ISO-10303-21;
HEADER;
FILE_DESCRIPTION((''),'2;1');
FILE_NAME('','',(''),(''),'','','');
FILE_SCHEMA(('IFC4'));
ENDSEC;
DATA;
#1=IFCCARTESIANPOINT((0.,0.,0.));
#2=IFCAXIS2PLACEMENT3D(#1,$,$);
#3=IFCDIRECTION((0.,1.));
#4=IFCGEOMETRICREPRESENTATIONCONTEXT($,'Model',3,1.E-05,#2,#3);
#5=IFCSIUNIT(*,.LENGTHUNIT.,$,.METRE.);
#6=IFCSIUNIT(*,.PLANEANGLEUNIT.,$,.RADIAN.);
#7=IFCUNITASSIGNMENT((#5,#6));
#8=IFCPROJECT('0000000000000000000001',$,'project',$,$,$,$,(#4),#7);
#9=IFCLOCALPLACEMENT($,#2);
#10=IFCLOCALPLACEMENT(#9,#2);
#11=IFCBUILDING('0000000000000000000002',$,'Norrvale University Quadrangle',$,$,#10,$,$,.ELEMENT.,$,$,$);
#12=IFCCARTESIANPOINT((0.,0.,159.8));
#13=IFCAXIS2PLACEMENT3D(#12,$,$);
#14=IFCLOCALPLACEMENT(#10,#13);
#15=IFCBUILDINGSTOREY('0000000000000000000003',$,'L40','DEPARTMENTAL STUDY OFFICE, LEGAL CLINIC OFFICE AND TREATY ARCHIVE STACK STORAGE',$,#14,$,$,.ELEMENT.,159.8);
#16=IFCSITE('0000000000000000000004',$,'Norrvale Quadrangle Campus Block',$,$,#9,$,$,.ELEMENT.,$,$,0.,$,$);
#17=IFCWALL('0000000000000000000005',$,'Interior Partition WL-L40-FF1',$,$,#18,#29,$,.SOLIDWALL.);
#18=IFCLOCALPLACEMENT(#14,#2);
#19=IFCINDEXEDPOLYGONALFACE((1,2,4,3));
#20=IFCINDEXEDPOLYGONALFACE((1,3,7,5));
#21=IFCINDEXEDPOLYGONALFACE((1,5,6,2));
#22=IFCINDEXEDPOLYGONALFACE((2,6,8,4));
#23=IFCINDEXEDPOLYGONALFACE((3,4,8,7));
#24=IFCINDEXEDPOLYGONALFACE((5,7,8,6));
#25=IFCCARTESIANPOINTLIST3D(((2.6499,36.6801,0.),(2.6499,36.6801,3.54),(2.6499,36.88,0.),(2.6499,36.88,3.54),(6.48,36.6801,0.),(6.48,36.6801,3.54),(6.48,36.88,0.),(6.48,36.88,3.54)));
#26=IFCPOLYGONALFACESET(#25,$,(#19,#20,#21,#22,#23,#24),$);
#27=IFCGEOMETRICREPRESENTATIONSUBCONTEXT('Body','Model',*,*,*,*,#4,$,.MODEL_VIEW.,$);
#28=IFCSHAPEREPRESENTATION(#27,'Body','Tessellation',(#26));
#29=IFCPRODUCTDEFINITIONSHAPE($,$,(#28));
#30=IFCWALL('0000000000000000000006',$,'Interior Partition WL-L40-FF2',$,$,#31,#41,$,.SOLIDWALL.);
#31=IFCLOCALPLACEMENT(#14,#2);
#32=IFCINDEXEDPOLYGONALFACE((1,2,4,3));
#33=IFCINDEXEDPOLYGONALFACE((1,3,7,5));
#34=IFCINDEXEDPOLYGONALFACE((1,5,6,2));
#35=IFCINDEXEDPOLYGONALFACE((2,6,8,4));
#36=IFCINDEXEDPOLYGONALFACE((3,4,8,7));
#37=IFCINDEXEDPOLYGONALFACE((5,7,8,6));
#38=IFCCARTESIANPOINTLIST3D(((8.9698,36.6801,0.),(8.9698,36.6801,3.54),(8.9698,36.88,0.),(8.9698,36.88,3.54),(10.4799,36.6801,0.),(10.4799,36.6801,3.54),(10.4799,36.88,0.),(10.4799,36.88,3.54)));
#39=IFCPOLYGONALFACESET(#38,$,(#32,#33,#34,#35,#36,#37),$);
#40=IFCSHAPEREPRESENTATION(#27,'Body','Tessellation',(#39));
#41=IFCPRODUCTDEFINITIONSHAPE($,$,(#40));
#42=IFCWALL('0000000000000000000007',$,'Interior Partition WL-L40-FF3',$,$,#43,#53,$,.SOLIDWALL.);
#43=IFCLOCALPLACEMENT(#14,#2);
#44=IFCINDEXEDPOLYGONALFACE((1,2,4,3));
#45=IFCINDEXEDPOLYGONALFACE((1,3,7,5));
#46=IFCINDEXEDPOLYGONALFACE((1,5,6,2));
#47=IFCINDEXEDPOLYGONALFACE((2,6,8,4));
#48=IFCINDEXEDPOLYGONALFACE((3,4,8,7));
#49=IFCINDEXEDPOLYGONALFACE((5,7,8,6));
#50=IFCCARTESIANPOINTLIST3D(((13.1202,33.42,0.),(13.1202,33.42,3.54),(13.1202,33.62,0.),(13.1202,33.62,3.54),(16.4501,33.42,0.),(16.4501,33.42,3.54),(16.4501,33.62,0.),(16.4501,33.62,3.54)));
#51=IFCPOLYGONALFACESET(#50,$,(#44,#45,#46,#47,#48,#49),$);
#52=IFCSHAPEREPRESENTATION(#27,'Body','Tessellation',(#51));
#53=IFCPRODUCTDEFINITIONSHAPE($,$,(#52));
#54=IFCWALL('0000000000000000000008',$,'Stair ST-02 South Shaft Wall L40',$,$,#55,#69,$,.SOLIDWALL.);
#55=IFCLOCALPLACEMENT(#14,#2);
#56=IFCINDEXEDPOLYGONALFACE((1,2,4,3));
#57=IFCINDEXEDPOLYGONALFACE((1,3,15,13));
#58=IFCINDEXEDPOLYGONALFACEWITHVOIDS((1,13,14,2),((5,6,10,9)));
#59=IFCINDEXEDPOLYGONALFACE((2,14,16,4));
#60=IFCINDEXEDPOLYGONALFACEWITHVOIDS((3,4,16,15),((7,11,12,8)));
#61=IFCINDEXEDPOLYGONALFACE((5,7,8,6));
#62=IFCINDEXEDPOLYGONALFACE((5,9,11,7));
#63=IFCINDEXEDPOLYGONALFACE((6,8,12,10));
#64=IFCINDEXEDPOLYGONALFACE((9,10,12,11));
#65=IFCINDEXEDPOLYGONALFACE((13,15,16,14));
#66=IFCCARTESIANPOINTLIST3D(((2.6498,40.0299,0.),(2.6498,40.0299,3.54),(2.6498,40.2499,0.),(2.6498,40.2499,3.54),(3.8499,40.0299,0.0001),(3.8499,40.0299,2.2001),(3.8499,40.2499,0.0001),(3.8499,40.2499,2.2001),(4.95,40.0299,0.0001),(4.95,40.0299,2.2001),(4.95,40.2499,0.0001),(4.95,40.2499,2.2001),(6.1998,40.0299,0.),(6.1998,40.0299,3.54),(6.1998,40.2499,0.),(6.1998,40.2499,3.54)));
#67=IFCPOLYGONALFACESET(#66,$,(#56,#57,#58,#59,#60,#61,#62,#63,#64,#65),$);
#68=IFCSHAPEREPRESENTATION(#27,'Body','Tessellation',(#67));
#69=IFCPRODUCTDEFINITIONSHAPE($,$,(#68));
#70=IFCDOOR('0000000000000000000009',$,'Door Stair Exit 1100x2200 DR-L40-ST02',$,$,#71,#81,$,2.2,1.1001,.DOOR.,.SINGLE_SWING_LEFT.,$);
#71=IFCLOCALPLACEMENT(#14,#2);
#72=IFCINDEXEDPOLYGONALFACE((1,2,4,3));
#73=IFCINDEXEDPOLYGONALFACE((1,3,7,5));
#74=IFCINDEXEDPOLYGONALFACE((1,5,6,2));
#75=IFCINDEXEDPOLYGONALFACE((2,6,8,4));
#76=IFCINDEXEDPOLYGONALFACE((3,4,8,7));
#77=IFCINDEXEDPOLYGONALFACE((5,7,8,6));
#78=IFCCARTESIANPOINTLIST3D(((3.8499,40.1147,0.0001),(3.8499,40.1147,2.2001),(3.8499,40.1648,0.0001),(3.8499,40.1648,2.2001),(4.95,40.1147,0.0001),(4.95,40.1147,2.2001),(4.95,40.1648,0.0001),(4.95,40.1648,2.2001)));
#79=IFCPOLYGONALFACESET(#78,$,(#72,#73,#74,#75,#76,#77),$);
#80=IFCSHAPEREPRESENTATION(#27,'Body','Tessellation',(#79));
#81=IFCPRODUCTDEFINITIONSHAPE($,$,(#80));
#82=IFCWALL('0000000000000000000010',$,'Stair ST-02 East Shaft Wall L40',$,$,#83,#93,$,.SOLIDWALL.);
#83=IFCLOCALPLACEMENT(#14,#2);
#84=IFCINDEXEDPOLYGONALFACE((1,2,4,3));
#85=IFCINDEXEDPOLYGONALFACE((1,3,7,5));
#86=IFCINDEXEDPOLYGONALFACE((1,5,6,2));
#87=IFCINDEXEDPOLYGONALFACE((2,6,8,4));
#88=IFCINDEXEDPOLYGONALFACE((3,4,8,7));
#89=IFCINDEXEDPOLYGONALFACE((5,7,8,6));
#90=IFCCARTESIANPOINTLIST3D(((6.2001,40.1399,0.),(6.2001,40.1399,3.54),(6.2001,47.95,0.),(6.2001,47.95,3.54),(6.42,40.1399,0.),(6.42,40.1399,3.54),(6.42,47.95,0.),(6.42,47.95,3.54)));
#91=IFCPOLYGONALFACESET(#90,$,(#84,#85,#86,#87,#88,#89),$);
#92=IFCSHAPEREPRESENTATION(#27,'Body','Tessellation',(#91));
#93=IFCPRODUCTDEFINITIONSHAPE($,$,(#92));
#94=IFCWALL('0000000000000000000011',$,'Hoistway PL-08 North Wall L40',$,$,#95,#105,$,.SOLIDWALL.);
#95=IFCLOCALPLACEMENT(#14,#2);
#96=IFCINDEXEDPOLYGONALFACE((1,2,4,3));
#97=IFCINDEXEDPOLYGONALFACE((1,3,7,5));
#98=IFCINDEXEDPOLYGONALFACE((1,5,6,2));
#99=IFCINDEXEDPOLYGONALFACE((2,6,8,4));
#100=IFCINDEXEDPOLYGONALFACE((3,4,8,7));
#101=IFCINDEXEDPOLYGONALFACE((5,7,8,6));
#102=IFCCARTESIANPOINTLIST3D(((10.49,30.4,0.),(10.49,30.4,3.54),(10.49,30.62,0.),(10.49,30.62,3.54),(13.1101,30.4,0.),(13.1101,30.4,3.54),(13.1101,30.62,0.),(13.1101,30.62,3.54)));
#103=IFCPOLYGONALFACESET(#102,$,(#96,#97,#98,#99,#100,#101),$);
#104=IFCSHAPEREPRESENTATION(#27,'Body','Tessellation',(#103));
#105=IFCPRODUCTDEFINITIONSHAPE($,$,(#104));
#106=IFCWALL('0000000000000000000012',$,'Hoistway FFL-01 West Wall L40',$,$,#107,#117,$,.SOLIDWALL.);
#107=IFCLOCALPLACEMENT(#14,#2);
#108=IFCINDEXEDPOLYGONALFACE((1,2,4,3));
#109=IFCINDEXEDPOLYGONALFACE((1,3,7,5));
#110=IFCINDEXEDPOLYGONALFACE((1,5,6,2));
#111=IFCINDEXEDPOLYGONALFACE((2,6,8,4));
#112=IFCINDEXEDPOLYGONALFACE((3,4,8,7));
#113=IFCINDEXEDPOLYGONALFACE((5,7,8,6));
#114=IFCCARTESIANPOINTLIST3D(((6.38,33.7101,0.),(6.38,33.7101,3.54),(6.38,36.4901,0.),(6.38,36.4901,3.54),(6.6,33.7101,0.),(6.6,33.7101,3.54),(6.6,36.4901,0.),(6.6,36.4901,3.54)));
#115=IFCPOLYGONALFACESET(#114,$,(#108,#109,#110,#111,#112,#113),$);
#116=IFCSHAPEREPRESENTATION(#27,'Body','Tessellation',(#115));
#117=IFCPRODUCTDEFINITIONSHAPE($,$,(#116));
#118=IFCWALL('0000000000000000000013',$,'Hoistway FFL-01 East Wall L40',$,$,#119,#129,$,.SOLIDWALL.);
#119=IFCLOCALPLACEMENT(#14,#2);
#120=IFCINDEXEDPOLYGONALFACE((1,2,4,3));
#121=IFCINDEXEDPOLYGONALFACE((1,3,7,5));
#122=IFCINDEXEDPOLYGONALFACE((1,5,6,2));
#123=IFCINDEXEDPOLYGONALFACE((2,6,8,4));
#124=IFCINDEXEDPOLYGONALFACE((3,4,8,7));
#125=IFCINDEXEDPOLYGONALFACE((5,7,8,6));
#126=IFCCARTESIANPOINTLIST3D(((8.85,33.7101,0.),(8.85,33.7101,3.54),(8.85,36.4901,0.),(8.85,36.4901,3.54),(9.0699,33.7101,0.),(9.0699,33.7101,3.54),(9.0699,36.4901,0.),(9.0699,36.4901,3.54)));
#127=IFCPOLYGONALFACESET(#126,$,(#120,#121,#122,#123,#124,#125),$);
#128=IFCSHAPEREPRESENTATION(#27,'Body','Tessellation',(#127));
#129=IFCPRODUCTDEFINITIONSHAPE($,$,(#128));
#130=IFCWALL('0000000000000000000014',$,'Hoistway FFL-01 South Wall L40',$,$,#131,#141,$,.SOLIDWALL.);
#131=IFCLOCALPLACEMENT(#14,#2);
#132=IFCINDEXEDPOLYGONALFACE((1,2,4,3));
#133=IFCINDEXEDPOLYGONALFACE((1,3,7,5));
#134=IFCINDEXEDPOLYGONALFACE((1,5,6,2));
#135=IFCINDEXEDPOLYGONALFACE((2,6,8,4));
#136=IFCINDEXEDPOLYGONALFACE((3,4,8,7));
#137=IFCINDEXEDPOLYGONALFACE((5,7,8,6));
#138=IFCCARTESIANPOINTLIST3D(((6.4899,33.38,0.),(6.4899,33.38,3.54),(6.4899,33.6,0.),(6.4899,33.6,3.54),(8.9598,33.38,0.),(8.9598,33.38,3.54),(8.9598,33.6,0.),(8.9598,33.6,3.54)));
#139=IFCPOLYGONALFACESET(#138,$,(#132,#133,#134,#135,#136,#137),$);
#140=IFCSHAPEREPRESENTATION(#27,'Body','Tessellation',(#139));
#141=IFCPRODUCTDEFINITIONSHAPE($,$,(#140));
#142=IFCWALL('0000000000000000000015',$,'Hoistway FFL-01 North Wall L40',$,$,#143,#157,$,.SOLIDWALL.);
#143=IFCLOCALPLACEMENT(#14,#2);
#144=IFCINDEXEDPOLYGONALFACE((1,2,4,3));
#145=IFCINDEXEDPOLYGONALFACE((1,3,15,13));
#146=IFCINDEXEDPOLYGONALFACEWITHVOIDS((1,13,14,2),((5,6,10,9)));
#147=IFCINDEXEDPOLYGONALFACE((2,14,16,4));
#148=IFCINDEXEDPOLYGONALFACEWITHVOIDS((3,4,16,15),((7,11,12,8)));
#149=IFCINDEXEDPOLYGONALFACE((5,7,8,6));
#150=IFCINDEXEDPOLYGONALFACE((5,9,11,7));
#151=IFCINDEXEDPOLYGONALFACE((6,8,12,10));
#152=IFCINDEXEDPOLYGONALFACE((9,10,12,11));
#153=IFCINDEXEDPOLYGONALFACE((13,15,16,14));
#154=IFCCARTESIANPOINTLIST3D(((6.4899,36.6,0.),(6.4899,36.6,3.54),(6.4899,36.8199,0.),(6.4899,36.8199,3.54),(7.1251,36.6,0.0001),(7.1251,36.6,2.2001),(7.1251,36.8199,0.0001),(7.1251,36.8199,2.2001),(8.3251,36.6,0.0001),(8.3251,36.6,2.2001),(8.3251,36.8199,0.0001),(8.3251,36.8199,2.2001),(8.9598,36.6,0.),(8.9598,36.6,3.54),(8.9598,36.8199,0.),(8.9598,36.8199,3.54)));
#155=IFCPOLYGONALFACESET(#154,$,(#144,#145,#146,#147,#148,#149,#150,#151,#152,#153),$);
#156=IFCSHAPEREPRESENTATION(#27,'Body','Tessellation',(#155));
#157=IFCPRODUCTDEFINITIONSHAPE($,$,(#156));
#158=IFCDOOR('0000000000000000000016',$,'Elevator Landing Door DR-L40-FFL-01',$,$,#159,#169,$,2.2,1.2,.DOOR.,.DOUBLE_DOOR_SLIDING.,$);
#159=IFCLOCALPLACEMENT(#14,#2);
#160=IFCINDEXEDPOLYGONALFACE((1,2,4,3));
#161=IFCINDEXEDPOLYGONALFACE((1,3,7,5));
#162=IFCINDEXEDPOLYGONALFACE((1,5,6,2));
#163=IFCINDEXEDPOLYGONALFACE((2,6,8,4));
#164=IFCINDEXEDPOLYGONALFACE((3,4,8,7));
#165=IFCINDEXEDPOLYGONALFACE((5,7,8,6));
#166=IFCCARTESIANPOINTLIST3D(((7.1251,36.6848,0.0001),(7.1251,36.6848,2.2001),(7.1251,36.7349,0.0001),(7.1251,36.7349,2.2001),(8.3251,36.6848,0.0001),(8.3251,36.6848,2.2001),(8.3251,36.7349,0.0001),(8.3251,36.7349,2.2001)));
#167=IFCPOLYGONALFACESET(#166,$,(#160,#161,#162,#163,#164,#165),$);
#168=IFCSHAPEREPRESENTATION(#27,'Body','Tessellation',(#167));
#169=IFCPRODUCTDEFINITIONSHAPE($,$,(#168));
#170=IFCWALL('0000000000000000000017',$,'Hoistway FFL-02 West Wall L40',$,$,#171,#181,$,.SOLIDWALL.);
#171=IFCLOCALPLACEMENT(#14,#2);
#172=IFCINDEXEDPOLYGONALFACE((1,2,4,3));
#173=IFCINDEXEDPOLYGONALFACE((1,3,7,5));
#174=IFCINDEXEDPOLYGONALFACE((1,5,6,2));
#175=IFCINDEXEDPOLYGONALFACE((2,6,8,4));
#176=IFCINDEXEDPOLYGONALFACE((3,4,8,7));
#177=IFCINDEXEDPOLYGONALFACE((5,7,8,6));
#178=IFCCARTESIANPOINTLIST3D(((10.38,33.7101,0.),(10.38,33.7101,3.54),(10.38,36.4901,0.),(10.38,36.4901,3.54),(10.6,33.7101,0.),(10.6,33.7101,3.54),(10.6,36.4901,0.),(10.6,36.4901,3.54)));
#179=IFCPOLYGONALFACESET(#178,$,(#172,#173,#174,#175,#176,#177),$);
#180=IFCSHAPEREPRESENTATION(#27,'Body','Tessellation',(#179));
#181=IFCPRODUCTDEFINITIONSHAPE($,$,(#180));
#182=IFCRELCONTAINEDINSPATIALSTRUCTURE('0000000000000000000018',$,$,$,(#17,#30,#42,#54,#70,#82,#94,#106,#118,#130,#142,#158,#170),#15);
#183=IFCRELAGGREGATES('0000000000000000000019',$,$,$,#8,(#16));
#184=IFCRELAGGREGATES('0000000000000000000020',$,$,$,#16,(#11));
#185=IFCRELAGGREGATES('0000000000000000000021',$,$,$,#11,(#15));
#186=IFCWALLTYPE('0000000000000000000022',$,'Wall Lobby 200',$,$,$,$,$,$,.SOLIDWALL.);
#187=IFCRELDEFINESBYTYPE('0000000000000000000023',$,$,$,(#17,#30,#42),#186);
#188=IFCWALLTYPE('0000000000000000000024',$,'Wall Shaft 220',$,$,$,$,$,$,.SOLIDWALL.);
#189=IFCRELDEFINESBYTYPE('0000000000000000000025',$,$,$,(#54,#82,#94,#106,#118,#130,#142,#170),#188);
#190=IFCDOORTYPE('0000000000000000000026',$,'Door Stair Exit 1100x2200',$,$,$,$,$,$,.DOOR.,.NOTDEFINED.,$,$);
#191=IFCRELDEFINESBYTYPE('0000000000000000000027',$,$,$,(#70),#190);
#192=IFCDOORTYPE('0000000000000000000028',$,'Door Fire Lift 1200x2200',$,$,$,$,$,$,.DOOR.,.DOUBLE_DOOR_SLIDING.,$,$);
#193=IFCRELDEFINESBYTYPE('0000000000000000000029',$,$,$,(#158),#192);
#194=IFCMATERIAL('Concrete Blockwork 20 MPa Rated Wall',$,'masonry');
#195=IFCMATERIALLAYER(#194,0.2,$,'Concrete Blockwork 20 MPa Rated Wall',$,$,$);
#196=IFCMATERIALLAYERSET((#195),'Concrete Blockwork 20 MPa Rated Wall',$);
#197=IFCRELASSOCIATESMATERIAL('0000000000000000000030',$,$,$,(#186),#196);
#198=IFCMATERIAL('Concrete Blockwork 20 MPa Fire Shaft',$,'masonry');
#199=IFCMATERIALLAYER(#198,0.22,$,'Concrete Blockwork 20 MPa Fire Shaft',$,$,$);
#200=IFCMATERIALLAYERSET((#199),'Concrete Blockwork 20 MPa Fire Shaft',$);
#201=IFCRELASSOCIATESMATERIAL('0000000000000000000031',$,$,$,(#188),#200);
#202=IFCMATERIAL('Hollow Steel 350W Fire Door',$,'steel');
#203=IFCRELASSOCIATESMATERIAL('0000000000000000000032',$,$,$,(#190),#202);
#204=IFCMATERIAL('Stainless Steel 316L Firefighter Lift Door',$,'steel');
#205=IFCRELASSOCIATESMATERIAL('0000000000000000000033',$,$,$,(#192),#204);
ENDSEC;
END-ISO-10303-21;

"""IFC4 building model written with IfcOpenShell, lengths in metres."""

from ifc_helpers import new_model, si_unit, direction, frame, frame_2d, origin, place, context, subcontext, project, spatial, rectangle, extrude, material, layer, layer_set, type_object, element, fill, save


model = new_model("IFC4")

# Units and contexts
model_context = context("Model", 3, precision=1e-05, world=origin(), true_north=direction((0.0, 1.0)))
body_context = subcontext(model_context, "Body", "Model", "MODEL_VIEW")
ifc_project = project(units=[si_unit("LENGTHUNIT", "METRE"), si_unit("PLANEANGLEUNIT", "RADIAN")], contexts=[model_context])

# Site, building, storey
site_placement = place(None, origin())
site = spatial("IfcSite", under=ifc_project, at=site_placement, Name="Norrvale Quadrangle Campus Block", CompositionType="ELEMENT", RefElevation=0.0)
building_placement = place(site_placement, origin())
building = spatial("IfcBuilding", under=site, at=building_placement, Name="Norrvale University Quadrangle", CompositionType="ELEMENT")
storey_placement = place(building_placement, frame((0.0, 0.0, 159.8)))
storey = spatial("IfcBuildingStorey", under=building, at=storey_placement, Name="L40", Description="DEPARTMENTAL STUDY OFFICE, LEGAL CLINIC OFFICE AND TREATY ARCHIVE STACK STORAGE", CompositionType="ELEMENT", Elevation=159.8)

# Walls
ifc_material_1 = material(Name="Concrete Blockwork 20 MPa Rated Wall", Category="masonry")
ifc_layer_1 = layer(ifc_material_1, 0.2, Name="Concrete Blockwork 20 MPa Rated Wall")
ifc_layer_set_1 = layer_set([ifc_layer_1], Name="Concrete Blockwork 20 MPa Rated Wall")
wall_type_1 = type_object("IfcWallType", Name="Wall Lobby 200", PredefinedType="SOLIDWALL", material=ifc_layer_set_1)
wall_1_placement = place(storey_placement, frame((2.6499, 36.78, 0.0), z_axis=(0.0, 0.0, 1.0), x_axis=(1.0, 0.0, 0.0)))
element("IfcWall", 1, at=wall_1_placement, inside=storey, type_object=wall_type_1, Name="Interior Partition WL-L40-FF1", PredefinedType="SOLIDWALL", context=body_context, shape_type="SweptSolid", body=[
    extrude(rectangle(XDim=3.8301, YDim=0.2, at=frame_2d((1.915, 0.0))), origin(), (0.0, 0.0, 1.0), 3.54),
])
wall_2_placement = place(storey_placement, frame((8.97, 36.78, 0.0), z_axis=(0.0, 0.0, 1.0), x_axis=(1.0, 0.0, 0.0)))
element("IfcWall", 2, at=wall_2_placement, inside=storey, type_object=wall_type_1, Name="Interior Partition WL-L40-FF2", PredefinedType="SOLIDWALL", context=body_context, shape_type="SweptSolid", body=[
    extrude(rectangle(XDim=1.51, YDim=0.2, at=frame_2d((0.7549, 0.0))), origin(), (0.0, 0.0, 1.0), 3.54),
])
wall_3_placement = place(storey_placement, frame((13.1201, 33.52, 0.0), z_axis=(0.0, 0.0, 1.0), x_axis=(1.0, 0.0, 0.0)))
element("IfcWall", 3, at=wall_3_placement, inside=storey, type_object=wall_type_1, Name="Interior Partition WL-L40-FF3", PredefinedType="SOLIDWALL", context=body_context, shape_type="SweptSolid", body=[
    extrude(rectangle(XDim=3.3298, YDim=0.2, at=frame_2d((1.665, 0.0))), origin(), (0.0, 0.0, 1.0), 3.54),
])

# Wall, opening, door
ifc_material_2 = material(Name="Concrete Blockwork 20 MPa Fire Shaft", Category="masonry")
ifc_layer_2 = layer(ifc_material_2, 0.22, Name="Concrete Blockwork 20 MPa Fire Shaft")
ifc_layer_set_2 = layer_set([ifc_layer_2], Name="Concrete Blockwork 20 MPa Fire Shaft")
wall_type_2 = type_object("IfcWallType", Name="Wall Shaft 220", PredefinedType="SOLIDWALL", material=ifc_layer_set_2)
wall_4_placement = place(storey_placement, frame((2.6499, 40.1399, 0.0), z_axis=(0.0, 0.0, 1.0), x_axis=(1.0, 0.0, 0.0)))
wall_4 = element("IfcWall", 4, at=wall_4_placement, inside=storey, type_object=wall_type_2, Name="Stair ST-02 South Shaft Wall L40", PredefinedType="SOLIDWALL", context=body_context, shape_type="SweptSolid", body=[
    extrude(rectangle(XDim=3.55, YDim=0.22, at=frame_2d((1.7749, 0.0))), origin(), (0.0, 0.0, 1.0), 3.54),
])
opening_1_placement = place(wall_4_placement, frame((1.2, 0.0, 0.0)))
opening_1 = element("IfcOpeningElement", 5, at=opening_1_placement, cuts=wall_4, PredefinedType="OPENING", context=body_context, shape_type="SweptSolid", body=[
    extrude(rectangle(XDim=1.1001, YDim=2.2, at=frame_2d((0.55, 1.1001))), frame((0.0, 0.1221, 0.0), z_axis=(0.0, -1.0, 0.0), x_axis=(1.0, 0.0, 0.0)), (0.0, 0.0, 1.0), 0.2439),
])
ifc_material_3 = material(Name="Hollow Steel 350W Fire Door", Category="steel")
door_type_1 = type_object("IfcDoorType", Name="Door Stair Exit 1100x2200", OperationType="NOTDEFINED", PredefinedType="DOOR", material=ifc_material_3)
door_1_placement = place(opening_1_placement, origin())
door_1 = element("IfcDoor", 6, at=door_1_placement, inside=storey, type_object=door_type_1, Name="Door Stair Exit 1100x2200 DR-L40-ST02", OperationType="SINGLE_SWING_LEFT", OverallHeight=2.2, OverallWidth=1.1001, PredefinedType="DOOR", context=body_context, shape_type="SweptSolid", body=[
    extrude(rectangle(XDim=1.1001, YDim=2.2, at=frame_2d((0.55, 1.1001))), frame((0.0, 0.0249, 0.0), z_axis=(0.0, -1.0, 0.0), x_axis=(1.0, 0.0, 0.0)), (0.0, 0.0, 1.0), 0.05),
])
fill(opening_1, door_1)

# Walls
wall_5_placement = place(storey_placement, frame((6.3101, 40.1399, 0.0), z_axis=(0.0, 0.0, 1.0), x_axis=(0.0, 1.0, 0.0)))
element("IfcWall", 7, at=wall_5_placement, inside=storey, type_object=wall_type_2, Name="Stair ST-02 East Shaft Wall L40", PredefinedType="SOLIDWALL", context=body_context, shape_type="SweptSolid", body=[
    extrude(rectangle(XDim=7.8101, YDim=0.22, at=frame_2d((3.905, 0.0))), origin(), (0.0, 0.0, 1.0), 3.54),
])
wall_6_placement = place(storey_placement, frame((10.49, 30.51, 0.0), z_axis=(0.0, 0.0, 1.0), x_axis=(1.0, 0.0, 0.0)))
element("IfcWall", 8, at=wall_6_placement, inside=storey, type_object=wall_type_2, Name="Hoistway PL-08 North Wall L40", PredefinedType="SOLIDWALL", context=body_context, shape_type="SweptSolid", body=[
    extrude(rectangle(XDim=2.6201, YDim=0.22, at=frame_2d((1.3101, 0.0))), origin(), (0.0, 0.0, 1.0), 3.54),
])
for number, where, z_axis, x_axis, name in (
    (9, (6.49, 33.71, 0.0), (0.0, 0.0, 1.0), (0.0, 1.0, 0.0), "Hoistway FFL-01 West Wall L40"),
    (10, (8.96, 33.71, 0.0), (0.0, 0.0, 1.0), (0.0, 1.0, 0.0), "Hoistway FFL-01 East Wall L40"),
):
    element("IfcWall", number, at=place(storey_placement, frame(where, z_axis=z_axis, x_axis=x_axis)), inside=storey, type_object=wall_type_2, Name=name, PredefinedType="SOLIDWALL", context=body_context, shape_type="SweptSolid", body=[
        extrude(rectangle(XDim=2.78, YDim=0.22, at=frame_2d((1.3901, 0.0))), origin(), (0.0, 0.0, 1.0), 3.54),
    ])
wall_7_placement = place(storey_placement, frame((6.49, 33.49, 0.0), z_axis=(0.0, 0.0, 1.0), x_axis=(1.0, 0.0, 0.0)))
element("IfcWall", 11, at=wall_7_placement, inside=storey, type_object=wall_type_2, Name="Hoistway FFL-01 South Wall L40", PredefinedType="SOLIDWALL", context=body_context, shape_type="SweptSolid", body=[
    extrude(rectangle(XDim=2.47, YDim=0.22, at=frame_2d((1.2349, 0.0))), origin(), (0.0, 0.0, 1.0), 3.54),
])

# Wall, opening, door
wall_8_placement = place(storey_placement, frame((6.49, 36.71, 0.0), z_axis=(0.0, 0.0, 1.0), x_axis=(1.0, 0.0, 0.0)))
wall_8 = element("IfcWall", 12, at=wall_8_placement, inside=storey, type_object=wall_type_2, Name="Hoistway FFL-01 North Wall L40", PredefinedType="SOLIDWALL", context=body_context, shape_type="SweptSolid", body=[
    extrude(rectangle(XDim=2.47, YDim=0.22, at=frame_2d((1.2349, 0.0))), origin(), (0.0, 0.0, 1.0), 3.54),
])
opening_2_placement = place(wall_8_placement, frame((0.635, 0.0, 0.0)))
opening_2 = element("IfcOpeningElement", 13, at=opening_2_placement, cuts=wall_8, PredefinedType="OPENING", context=body_context, shape_type="SweptSolid", body=[
    extrude(rectangle(XDim=1.2, YDim=2.2, at=frame_2d((0.6001, 1.1001))), frame((0.0, 0.1221, 0.0), z_axis=(0.0, -1.0, 0.0), x_axis=(1.0, 0.0, 0.0)), (0.0, 0.0, 1.0), 0.2439),
])
ifc_material_4 = material(Name="Stainless Steel 316L Firefighter Lift Door", Category="steel")
door_type_2 = type_object("IfcDoorType", Name="Door Fire Lift 1200x2200", OperationType="DOUBLE_DOOR_SLIDING", PredefinedType="DOOR", material=ifc_material_4)
door_2_placement = place(opening_2_placement, origin())
door_2 = element("IfcDoor", 14, at=door_2_placement, inside=storey, type_object=door_type_2, Name="Elevator Landing Door DR-L40-FFL-01", OperationType="DOUBLE_DOOR_SLIDING", OverallHeight=2.2, OverallWidth=1.2, PredefinedType="DOOR", context=body_context, shape_type="SweptSolid", body=[
    extrude(rectangle(XDim=1.2, YDim=2.2, at=frame_2d((0.6001, 1.1001))), frame((0.0, 0.0249, 0.0), z_axis=(0.0, -1.0, 0.0), x_axis=(1.0, 0.0, 0.0)), (0.0, 0.0, 1.0), 0.05),
])
fill(opening_2, door_2)

# Wall
for number, where, z_axis, x_axis, name in (
    (15, (10.49, 33.71, 0.0), (0.0, 0.0, 1.0), (0.0, 1.0, 0.0), "Hoistway FFL-02 West Wall L40"),
):
    element("IfcWall", number, at=place(storey_placement, frame(where, z_axis=z_axis, x_axis=x_axis)), inside=storey, type_object=wall_type_2, Name=name, PredefinedType="SOLIDWALL", context=body_context, shape_type="SweptSolid", body=[
        extrude(rectangle(XDim=2.78, YDim=0.22, at=frame_2d((1.3901, 0.0))), origin(), (0.0, 0.0, 1.0), 3.54),
    ])

save(model, "model.ifc")
